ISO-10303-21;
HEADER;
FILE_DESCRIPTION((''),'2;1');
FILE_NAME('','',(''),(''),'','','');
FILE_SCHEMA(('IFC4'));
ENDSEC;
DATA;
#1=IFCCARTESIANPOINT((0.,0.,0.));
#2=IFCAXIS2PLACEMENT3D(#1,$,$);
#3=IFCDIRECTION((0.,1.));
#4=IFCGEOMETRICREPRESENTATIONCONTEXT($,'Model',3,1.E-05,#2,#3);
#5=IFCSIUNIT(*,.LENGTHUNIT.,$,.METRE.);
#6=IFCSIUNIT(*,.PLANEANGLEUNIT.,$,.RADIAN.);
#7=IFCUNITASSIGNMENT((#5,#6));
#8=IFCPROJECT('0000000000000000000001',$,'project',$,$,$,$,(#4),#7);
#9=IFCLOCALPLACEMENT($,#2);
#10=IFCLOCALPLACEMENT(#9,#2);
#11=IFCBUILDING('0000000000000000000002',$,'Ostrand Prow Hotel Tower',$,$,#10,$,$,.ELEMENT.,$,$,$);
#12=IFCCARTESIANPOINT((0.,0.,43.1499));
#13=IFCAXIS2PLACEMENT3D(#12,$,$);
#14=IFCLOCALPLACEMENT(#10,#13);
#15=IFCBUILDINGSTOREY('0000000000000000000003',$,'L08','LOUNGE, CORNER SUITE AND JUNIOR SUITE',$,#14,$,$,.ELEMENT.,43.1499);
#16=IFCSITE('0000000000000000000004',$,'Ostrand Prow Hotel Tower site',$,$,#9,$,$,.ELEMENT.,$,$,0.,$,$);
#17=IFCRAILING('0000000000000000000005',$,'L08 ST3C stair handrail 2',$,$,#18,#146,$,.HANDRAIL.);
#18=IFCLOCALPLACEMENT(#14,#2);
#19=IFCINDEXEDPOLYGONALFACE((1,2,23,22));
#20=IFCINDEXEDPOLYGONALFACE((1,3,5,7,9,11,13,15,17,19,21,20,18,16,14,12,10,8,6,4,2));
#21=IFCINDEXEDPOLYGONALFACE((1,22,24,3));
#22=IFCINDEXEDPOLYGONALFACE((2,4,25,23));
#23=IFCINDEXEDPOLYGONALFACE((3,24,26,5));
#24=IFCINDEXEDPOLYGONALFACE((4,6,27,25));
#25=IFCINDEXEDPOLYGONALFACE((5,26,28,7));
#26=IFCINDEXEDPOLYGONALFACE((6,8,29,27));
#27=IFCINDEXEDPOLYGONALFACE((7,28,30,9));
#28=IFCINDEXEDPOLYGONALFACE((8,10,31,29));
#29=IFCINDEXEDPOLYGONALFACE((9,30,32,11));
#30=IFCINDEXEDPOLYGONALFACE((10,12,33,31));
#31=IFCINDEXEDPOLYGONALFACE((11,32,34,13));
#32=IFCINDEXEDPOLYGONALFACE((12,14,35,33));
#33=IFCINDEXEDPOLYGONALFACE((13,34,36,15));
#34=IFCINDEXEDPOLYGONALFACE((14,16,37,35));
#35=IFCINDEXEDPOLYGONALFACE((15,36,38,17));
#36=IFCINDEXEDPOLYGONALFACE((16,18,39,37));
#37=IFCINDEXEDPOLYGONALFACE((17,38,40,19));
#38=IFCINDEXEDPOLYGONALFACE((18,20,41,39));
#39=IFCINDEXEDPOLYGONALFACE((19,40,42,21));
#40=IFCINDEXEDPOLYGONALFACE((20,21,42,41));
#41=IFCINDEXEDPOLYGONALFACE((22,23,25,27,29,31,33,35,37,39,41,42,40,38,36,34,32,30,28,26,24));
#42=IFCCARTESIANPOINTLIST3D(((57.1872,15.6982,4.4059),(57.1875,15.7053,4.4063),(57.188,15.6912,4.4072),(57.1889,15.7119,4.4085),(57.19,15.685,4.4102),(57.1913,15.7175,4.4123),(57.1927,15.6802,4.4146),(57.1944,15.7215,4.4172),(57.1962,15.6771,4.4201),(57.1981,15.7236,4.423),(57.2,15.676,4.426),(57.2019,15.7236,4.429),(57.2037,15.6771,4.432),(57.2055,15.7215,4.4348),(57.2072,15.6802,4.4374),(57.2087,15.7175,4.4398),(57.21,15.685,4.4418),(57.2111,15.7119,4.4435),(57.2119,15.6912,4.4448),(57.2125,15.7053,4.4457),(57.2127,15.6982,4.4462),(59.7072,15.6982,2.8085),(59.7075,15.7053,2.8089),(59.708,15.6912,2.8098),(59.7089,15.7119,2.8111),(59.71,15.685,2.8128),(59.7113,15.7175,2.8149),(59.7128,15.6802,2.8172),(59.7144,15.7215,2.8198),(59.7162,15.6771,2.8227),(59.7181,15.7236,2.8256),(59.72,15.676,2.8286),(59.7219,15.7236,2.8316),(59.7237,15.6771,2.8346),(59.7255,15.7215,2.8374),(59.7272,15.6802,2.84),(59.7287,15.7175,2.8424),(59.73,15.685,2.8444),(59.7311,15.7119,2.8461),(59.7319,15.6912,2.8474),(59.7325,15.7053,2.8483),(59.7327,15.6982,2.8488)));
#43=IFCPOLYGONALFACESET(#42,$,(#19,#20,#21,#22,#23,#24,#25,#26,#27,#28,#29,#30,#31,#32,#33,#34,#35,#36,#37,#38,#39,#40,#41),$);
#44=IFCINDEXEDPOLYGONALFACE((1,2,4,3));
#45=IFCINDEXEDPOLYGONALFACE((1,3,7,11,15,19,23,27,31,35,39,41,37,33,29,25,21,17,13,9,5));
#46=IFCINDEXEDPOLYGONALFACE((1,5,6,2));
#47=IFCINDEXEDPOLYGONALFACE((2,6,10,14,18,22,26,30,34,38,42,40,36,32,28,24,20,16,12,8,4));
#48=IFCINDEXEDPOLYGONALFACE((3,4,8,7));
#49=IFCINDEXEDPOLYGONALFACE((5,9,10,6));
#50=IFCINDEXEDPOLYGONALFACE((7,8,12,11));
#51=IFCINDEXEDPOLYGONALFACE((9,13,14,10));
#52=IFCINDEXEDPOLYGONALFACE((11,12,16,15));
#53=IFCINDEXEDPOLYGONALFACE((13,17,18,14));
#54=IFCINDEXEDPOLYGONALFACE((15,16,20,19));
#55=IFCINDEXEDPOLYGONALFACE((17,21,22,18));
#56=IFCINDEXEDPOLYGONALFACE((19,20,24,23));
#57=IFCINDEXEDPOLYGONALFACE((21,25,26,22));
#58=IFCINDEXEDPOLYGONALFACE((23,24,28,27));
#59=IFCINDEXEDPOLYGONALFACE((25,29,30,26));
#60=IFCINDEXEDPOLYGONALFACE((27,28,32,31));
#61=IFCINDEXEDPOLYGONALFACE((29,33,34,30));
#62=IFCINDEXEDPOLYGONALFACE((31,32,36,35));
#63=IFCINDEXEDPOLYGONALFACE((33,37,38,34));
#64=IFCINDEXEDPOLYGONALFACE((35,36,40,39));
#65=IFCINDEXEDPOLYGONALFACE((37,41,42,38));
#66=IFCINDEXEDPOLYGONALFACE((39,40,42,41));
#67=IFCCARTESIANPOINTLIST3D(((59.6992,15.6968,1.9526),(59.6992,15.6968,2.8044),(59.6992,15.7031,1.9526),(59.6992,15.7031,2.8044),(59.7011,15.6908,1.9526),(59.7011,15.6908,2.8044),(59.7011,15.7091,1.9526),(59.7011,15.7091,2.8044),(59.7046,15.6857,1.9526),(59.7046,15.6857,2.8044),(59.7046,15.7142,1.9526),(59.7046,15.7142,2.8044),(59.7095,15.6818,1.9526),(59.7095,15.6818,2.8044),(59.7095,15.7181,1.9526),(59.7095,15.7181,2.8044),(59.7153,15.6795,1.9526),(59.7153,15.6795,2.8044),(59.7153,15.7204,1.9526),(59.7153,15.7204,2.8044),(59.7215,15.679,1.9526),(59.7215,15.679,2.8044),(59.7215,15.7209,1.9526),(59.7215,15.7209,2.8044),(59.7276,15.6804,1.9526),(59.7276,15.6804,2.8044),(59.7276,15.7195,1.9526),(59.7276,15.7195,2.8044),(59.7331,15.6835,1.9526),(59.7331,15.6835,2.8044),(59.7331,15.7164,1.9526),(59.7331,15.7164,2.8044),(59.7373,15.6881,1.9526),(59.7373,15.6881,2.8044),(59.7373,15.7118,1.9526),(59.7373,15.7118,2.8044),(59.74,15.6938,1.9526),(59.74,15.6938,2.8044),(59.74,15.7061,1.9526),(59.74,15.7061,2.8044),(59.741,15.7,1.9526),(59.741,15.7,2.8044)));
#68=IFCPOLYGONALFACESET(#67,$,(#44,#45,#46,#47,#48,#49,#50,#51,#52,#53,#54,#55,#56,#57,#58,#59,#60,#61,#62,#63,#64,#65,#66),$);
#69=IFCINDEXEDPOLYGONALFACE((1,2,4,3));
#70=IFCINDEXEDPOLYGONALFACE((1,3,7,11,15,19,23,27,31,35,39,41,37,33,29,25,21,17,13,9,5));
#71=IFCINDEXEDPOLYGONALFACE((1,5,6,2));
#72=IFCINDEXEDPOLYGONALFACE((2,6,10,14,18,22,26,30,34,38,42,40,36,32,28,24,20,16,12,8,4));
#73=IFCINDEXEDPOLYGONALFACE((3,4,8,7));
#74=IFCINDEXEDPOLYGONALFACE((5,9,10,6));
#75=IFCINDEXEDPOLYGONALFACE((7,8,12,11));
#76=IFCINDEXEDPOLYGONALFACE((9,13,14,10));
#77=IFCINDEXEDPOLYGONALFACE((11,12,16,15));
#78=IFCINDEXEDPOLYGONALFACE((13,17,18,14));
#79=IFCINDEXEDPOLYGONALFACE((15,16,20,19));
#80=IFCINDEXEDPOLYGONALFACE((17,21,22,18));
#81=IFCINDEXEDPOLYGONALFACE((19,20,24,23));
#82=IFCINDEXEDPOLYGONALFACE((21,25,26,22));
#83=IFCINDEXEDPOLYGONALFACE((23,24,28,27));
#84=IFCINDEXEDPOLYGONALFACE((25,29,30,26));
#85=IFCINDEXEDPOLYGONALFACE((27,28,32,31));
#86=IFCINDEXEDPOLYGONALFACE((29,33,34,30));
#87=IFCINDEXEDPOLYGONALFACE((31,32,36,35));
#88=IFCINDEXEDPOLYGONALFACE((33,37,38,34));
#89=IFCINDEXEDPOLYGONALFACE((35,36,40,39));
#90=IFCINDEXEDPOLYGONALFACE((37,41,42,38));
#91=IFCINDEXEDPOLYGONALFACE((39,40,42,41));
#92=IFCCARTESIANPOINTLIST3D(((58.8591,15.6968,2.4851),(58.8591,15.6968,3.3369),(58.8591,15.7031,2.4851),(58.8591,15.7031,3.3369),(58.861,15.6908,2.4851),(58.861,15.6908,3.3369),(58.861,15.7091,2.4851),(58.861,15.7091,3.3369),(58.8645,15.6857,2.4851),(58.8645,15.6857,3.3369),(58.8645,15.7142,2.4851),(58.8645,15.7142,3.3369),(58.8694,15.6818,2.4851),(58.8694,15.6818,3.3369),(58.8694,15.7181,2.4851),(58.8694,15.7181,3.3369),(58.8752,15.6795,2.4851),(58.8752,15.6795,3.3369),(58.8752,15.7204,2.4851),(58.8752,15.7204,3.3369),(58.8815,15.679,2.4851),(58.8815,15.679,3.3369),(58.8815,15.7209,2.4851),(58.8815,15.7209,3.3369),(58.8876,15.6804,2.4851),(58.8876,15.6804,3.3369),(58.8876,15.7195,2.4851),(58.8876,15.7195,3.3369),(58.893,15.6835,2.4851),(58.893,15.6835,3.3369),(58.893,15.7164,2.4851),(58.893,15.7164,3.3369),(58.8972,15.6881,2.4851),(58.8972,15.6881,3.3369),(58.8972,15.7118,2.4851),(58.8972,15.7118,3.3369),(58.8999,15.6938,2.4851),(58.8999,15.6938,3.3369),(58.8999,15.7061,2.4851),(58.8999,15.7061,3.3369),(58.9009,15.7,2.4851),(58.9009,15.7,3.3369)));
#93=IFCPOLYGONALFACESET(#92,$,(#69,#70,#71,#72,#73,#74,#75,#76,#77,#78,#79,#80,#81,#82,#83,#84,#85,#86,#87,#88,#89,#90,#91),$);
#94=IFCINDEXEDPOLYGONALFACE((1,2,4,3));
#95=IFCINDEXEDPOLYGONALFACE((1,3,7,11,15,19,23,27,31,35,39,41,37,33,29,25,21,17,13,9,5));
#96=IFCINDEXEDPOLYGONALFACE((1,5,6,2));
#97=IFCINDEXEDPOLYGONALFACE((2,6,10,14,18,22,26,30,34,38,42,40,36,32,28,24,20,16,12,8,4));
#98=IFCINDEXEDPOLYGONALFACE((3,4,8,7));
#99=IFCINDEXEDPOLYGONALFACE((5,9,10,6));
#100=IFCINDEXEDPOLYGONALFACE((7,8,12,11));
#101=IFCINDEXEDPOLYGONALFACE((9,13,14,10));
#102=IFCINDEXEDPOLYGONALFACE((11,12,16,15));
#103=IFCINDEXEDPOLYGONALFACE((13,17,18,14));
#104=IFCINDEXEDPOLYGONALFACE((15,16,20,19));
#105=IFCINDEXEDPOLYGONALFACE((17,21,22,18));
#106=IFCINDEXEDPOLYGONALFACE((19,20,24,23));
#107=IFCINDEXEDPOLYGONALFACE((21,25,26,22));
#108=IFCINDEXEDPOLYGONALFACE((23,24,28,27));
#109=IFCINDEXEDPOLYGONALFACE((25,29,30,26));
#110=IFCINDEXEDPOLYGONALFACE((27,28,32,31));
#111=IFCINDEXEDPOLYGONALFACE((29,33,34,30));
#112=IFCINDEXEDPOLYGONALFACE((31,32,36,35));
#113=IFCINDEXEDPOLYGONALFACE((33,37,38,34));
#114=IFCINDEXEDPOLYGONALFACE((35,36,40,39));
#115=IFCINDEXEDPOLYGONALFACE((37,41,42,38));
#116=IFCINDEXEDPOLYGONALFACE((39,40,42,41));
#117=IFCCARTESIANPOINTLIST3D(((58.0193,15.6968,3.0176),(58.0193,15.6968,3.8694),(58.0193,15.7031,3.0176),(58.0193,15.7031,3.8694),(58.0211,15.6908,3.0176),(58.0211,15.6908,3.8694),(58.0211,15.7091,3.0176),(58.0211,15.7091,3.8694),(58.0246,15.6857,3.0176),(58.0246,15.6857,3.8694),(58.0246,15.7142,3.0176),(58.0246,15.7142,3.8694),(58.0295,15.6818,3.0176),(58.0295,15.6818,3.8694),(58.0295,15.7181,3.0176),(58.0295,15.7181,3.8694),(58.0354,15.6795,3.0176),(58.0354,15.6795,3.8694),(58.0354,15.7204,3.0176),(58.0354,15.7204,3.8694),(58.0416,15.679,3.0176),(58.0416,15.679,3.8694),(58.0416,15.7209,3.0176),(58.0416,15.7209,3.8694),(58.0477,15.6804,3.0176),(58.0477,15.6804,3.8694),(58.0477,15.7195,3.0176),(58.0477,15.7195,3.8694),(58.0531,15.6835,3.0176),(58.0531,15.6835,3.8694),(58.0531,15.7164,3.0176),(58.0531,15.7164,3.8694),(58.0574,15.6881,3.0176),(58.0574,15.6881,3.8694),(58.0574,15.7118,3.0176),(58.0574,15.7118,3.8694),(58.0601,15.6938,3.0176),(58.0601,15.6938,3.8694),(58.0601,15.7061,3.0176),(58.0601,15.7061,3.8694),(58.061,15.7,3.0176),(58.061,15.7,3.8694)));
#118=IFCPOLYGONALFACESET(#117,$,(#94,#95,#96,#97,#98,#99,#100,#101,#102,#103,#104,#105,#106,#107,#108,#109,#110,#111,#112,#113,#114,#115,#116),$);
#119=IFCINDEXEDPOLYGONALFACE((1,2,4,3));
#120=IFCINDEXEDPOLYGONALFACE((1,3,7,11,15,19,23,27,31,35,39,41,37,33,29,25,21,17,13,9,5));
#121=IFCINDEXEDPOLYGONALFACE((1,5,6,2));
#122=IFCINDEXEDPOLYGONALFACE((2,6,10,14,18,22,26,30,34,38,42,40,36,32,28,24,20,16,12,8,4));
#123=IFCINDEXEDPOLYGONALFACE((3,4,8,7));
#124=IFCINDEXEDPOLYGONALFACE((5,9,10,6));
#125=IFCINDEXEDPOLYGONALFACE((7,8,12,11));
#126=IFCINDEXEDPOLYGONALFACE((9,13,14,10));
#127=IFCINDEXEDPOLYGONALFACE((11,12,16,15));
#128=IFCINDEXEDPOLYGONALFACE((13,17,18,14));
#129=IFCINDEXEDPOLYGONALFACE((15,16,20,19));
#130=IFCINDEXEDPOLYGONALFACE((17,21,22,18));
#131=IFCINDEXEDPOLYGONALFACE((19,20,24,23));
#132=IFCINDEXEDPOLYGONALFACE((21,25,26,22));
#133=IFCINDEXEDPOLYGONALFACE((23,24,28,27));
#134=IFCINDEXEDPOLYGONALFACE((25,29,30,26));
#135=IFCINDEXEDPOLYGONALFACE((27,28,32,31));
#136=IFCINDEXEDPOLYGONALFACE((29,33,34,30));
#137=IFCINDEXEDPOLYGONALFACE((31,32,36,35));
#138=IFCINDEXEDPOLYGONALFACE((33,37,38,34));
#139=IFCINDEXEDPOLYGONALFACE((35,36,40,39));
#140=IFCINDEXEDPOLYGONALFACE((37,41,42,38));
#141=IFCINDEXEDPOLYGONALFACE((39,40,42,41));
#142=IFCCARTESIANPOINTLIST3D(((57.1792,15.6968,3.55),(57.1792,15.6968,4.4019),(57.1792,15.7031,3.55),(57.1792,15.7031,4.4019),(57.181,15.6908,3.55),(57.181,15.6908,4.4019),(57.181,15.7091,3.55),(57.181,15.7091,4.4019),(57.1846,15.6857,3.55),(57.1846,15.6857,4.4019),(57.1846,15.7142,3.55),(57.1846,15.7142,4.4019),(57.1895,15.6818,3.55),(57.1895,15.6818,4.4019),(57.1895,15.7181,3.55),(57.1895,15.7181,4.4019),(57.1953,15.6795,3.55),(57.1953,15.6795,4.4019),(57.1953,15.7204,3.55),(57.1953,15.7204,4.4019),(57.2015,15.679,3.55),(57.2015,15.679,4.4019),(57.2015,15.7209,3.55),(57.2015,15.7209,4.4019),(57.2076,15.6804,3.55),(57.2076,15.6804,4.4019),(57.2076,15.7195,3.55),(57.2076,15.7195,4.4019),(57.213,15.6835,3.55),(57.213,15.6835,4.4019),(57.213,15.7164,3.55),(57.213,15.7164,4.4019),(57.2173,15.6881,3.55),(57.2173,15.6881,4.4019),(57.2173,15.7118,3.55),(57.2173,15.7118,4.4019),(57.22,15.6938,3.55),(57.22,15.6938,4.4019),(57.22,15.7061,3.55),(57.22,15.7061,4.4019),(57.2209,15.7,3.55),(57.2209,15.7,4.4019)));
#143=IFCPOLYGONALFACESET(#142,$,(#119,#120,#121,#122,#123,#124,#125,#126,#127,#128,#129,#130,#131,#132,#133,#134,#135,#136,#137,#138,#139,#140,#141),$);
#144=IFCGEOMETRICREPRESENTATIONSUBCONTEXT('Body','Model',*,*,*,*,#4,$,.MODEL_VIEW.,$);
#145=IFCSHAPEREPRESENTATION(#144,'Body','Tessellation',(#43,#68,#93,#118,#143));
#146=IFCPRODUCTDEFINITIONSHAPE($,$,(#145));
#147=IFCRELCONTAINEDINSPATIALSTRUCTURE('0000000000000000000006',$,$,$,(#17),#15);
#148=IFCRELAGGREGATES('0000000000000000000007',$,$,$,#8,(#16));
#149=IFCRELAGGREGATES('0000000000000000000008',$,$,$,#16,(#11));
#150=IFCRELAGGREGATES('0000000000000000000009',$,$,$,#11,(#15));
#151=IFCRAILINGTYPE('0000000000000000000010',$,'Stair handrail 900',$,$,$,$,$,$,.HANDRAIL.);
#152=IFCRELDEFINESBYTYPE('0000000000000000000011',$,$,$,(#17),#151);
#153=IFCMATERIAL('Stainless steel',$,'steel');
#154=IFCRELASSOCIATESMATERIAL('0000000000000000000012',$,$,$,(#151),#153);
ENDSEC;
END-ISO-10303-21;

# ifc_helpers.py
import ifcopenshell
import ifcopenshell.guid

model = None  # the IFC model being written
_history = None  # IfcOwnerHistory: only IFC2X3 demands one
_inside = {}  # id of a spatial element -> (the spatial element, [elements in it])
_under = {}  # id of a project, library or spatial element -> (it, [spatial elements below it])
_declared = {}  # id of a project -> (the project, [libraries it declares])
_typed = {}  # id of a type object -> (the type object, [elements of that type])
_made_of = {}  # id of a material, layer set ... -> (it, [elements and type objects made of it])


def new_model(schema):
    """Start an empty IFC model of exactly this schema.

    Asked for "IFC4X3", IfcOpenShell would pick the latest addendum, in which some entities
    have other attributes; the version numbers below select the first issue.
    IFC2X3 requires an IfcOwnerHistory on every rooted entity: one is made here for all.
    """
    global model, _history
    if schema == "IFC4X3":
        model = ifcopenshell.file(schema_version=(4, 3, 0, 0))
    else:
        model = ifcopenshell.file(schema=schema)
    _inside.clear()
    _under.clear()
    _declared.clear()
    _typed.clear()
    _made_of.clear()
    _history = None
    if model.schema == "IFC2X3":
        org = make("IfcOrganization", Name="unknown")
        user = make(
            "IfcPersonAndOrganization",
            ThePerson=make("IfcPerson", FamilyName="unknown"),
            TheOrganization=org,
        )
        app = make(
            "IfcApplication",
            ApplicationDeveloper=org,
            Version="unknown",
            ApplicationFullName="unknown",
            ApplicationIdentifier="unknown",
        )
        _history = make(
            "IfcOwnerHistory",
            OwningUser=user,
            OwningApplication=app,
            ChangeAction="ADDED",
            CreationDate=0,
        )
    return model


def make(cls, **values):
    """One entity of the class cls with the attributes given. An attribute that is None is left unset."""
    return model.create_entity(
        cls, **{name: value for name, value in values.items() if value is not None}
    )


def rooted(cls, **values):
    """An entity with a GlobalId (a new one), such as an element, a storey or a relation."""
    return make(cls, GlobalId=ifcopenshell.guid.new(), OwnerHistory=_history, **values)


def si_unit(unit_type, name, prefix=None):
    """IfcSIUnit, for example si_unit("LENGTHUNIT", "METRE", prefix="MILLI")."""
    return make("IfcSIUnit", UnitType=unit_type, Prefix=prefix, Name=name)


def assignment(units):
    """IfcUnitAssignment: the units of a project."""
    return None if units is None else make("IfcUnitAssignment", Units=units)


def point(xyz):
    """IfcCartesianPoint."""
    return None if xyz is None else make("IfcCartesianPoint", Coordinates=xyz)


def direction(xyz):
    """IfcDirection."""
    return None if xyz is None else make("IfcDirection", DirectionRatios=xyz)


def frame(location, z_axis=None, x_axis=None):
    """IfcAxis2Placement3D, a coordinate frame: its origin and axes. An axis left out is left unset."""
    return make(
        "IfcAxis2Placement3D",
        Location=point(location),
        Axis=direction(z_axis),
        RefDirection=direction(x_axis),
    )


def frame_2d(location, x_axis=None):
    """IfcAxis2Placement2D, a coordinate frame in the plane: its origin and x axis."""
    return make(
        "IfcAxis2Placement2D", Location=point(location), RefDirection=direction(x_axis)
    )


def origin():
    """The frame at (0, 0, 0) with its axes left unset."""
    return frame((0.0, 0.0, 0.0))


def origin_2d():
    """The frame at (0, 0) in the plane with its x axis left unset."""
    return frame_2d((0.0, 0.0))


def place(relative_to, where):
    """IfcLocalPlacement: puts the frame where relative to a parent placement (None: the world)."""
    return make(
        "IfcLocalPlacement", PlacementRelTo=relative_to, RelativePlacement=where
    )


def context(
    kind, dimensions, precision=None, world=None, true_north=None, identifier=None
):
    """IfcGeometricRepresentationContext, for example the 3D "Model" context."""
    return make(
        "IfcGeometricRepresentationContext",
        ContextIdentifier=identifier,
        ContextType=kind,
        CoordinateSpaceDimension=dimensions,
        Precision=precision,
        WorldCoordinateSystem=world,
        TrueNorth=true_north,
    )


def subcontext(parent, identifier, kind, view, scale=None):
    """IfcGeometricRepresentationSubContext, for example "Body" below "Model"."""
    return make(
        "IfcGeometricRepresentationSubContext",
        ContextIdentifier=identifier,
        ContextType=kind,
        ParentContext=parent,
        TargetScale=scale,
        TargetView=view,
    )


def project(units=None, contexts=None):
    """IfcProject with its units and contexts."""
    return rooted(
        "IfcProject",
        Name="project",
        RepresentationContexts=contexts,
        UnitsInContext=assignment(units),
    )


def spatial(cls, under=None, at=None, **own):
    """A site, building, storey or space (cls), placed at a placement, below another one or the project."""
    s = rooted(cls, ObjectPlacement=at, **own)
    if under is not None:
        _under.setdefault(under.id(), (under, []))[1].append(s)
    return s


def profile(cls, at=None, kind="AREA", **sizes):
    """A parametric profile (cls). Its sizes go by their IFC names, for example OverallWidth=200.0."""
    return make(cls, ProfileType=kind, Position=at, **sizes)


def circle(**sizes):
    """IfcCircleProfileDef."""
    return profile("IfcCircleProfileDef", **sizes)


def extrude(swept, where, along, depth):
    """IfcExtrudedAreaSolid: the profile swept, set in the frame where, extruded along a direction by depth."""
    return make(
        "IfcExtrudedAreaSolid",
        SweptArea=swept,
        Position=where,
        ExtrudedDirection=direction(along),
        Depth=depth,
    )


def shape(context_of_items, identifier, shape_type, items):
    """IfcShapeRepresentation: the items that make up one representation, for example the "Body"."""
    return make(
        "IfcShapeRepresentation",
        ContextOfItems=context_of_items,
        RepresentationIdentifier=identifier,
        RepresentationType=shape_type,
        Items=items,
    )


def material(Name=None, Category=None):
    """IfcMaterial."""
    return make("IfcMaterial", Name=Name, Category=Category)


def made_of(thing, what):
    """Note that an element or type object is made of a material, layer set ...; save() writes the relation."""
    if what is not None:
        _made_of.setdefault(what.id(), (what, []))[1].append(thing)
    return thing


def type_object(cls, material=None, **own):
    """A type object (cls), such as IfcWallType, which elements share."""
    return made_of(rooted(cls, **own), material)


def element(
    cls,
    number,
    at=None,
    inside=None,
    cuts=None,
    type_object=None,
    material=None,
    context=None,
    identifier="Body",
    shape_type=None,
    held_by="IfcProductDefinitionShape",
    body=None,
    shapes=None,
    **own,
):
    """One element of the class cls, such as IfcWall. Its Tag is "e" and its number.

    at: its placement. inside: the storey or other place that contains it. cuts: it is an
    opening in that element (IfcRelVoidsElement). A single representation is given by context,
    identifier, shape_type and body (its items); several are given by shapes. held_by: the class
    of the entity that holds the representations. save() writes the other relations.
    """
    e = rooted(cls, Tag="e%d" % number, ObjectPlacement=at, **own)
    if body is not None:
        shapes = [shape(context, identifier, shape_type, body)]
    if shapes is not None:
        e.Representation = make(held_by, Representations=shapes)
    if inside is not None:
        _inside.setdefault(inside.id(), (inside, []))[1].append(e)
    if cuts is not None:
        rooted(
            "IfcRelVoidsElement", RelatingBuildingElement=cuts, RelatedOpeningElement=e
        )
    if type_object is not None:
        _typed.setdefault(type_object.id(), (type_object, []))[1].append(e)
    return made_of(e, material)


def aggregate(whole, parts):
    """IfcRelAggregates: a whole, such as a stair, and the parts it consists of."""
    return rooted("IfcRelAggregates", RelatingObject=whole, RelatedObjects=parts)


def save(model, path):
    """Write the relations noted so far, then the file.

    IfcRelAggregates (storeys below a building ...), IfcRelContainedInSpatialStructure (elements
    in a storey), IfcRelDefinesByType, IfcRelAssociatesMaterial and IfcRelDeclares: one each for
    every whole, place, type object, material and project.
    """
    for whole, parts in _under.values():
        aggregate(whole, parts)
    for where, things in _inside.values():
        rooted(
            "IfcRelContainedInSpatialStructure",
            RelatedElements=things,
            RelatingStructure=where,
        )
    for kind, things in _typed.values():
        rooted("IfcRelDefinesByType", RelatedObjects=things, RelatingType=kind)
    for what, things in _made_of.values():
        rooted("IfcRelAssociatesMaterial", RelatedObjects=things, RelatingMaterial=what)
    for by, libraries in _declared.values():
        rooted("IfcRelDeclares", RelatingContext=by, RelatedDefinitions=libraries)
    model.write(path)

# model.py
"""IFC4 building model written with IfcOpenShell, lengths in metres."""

from ifc_helpers import new_model, si_unit, direction, frame, origin, origin_2d, place, context, subcontext, project, spatial, circle, extrude, material, type_object, element, save


model = new_model("IFC4")

# Units and contexts
model_context = context("Model", 3, precision=1e-05, world=origin(), true_north=direction((0.0, 1.0)))
body_context = subcontext(model_context, "Body", "Model", "MODEL_VIEW")
ifc_project = project(units=[si_unit("LENGTHUNIT", "METRE"), si_unit("PLANEANGLEUNIT", "RADIAN")], contexts=[model_context])

# Site, building, storey
site_placement = place(None, origin())
site = spatial("IfcSite", under=ifc_project, at=site_placement, Name="Ostrand Prow Hotel Tower site", CompositionType="ELEMENT", RefElevation=0.0)
building_placement = place(site_placement, origin())
building = spatial("IfcBuilding", under=site, at=building_placement, Name="Ostrand Prow Hotel Tower", CompositionType="ELEMENT")
storey_placement = place(building_placement, frame((0.0, 0.0, 43.1499)))
storey = spatial("IfcBuildingStorey", under=building, at=storey_placement, Name="L08", Description="LOUNGE, CORNER SUITE AND JUNIOR SUITE", CompositionType="ELEMENT", Elevation=43.1499)

# Railing
ifc_material_1 = material(Name="Stainless steel", Category="steel")
railing_type_1 = type_object("IfcRailingType", Name="Stair handrail 900", PredefinedType="HANDRAIL", material=ifc_material_1)
railing_1_placement = place(storey_placement, frame((59.72, 15.7, 1.9526)))
element("IfcRailing", 1, at=railing_1_placement, inside=storey, type_object=railing_type_1, Name="L08 ST3C stair handrail 2", PredefinedType="HANDRAIL", context=body_context, shape_type="SweptSolid", body=[
    extrude(circle(Radius=0.0239, at=origin_2d()), frame((0.0, 0.0, 0.876), z_axis=(-0.844607, 0.0, 0.535387), x_axis=(0.0, -1.0, 0.0)), (0.0, 0.0, 1.0), 2.9836),
    extrude(circle(Radius=0.021, at=origin_2d()), origin(), (0.0, 0.0, 1.0), 0.8518),
    extrude(circle(Radius=0.021, at=origin_2d()), frame((-0.8401, 0.0, 0.5325)), (0.0, 0.0, 1.0), 0.8518),
    extrude(circle(Radius=0.021, at=origin_2d()), frame((-1.6799, 0.0, 1.0649)), (0.0, 0.0, 1.0), 0.8518),
    extrude(circle(Radius=0.021, at=origin_2d()), frame((-2.52, 0.0, 1.5974)), (0.0, 0.0, 1.0), 0.8518),
])

save(model, "model.ifc")
